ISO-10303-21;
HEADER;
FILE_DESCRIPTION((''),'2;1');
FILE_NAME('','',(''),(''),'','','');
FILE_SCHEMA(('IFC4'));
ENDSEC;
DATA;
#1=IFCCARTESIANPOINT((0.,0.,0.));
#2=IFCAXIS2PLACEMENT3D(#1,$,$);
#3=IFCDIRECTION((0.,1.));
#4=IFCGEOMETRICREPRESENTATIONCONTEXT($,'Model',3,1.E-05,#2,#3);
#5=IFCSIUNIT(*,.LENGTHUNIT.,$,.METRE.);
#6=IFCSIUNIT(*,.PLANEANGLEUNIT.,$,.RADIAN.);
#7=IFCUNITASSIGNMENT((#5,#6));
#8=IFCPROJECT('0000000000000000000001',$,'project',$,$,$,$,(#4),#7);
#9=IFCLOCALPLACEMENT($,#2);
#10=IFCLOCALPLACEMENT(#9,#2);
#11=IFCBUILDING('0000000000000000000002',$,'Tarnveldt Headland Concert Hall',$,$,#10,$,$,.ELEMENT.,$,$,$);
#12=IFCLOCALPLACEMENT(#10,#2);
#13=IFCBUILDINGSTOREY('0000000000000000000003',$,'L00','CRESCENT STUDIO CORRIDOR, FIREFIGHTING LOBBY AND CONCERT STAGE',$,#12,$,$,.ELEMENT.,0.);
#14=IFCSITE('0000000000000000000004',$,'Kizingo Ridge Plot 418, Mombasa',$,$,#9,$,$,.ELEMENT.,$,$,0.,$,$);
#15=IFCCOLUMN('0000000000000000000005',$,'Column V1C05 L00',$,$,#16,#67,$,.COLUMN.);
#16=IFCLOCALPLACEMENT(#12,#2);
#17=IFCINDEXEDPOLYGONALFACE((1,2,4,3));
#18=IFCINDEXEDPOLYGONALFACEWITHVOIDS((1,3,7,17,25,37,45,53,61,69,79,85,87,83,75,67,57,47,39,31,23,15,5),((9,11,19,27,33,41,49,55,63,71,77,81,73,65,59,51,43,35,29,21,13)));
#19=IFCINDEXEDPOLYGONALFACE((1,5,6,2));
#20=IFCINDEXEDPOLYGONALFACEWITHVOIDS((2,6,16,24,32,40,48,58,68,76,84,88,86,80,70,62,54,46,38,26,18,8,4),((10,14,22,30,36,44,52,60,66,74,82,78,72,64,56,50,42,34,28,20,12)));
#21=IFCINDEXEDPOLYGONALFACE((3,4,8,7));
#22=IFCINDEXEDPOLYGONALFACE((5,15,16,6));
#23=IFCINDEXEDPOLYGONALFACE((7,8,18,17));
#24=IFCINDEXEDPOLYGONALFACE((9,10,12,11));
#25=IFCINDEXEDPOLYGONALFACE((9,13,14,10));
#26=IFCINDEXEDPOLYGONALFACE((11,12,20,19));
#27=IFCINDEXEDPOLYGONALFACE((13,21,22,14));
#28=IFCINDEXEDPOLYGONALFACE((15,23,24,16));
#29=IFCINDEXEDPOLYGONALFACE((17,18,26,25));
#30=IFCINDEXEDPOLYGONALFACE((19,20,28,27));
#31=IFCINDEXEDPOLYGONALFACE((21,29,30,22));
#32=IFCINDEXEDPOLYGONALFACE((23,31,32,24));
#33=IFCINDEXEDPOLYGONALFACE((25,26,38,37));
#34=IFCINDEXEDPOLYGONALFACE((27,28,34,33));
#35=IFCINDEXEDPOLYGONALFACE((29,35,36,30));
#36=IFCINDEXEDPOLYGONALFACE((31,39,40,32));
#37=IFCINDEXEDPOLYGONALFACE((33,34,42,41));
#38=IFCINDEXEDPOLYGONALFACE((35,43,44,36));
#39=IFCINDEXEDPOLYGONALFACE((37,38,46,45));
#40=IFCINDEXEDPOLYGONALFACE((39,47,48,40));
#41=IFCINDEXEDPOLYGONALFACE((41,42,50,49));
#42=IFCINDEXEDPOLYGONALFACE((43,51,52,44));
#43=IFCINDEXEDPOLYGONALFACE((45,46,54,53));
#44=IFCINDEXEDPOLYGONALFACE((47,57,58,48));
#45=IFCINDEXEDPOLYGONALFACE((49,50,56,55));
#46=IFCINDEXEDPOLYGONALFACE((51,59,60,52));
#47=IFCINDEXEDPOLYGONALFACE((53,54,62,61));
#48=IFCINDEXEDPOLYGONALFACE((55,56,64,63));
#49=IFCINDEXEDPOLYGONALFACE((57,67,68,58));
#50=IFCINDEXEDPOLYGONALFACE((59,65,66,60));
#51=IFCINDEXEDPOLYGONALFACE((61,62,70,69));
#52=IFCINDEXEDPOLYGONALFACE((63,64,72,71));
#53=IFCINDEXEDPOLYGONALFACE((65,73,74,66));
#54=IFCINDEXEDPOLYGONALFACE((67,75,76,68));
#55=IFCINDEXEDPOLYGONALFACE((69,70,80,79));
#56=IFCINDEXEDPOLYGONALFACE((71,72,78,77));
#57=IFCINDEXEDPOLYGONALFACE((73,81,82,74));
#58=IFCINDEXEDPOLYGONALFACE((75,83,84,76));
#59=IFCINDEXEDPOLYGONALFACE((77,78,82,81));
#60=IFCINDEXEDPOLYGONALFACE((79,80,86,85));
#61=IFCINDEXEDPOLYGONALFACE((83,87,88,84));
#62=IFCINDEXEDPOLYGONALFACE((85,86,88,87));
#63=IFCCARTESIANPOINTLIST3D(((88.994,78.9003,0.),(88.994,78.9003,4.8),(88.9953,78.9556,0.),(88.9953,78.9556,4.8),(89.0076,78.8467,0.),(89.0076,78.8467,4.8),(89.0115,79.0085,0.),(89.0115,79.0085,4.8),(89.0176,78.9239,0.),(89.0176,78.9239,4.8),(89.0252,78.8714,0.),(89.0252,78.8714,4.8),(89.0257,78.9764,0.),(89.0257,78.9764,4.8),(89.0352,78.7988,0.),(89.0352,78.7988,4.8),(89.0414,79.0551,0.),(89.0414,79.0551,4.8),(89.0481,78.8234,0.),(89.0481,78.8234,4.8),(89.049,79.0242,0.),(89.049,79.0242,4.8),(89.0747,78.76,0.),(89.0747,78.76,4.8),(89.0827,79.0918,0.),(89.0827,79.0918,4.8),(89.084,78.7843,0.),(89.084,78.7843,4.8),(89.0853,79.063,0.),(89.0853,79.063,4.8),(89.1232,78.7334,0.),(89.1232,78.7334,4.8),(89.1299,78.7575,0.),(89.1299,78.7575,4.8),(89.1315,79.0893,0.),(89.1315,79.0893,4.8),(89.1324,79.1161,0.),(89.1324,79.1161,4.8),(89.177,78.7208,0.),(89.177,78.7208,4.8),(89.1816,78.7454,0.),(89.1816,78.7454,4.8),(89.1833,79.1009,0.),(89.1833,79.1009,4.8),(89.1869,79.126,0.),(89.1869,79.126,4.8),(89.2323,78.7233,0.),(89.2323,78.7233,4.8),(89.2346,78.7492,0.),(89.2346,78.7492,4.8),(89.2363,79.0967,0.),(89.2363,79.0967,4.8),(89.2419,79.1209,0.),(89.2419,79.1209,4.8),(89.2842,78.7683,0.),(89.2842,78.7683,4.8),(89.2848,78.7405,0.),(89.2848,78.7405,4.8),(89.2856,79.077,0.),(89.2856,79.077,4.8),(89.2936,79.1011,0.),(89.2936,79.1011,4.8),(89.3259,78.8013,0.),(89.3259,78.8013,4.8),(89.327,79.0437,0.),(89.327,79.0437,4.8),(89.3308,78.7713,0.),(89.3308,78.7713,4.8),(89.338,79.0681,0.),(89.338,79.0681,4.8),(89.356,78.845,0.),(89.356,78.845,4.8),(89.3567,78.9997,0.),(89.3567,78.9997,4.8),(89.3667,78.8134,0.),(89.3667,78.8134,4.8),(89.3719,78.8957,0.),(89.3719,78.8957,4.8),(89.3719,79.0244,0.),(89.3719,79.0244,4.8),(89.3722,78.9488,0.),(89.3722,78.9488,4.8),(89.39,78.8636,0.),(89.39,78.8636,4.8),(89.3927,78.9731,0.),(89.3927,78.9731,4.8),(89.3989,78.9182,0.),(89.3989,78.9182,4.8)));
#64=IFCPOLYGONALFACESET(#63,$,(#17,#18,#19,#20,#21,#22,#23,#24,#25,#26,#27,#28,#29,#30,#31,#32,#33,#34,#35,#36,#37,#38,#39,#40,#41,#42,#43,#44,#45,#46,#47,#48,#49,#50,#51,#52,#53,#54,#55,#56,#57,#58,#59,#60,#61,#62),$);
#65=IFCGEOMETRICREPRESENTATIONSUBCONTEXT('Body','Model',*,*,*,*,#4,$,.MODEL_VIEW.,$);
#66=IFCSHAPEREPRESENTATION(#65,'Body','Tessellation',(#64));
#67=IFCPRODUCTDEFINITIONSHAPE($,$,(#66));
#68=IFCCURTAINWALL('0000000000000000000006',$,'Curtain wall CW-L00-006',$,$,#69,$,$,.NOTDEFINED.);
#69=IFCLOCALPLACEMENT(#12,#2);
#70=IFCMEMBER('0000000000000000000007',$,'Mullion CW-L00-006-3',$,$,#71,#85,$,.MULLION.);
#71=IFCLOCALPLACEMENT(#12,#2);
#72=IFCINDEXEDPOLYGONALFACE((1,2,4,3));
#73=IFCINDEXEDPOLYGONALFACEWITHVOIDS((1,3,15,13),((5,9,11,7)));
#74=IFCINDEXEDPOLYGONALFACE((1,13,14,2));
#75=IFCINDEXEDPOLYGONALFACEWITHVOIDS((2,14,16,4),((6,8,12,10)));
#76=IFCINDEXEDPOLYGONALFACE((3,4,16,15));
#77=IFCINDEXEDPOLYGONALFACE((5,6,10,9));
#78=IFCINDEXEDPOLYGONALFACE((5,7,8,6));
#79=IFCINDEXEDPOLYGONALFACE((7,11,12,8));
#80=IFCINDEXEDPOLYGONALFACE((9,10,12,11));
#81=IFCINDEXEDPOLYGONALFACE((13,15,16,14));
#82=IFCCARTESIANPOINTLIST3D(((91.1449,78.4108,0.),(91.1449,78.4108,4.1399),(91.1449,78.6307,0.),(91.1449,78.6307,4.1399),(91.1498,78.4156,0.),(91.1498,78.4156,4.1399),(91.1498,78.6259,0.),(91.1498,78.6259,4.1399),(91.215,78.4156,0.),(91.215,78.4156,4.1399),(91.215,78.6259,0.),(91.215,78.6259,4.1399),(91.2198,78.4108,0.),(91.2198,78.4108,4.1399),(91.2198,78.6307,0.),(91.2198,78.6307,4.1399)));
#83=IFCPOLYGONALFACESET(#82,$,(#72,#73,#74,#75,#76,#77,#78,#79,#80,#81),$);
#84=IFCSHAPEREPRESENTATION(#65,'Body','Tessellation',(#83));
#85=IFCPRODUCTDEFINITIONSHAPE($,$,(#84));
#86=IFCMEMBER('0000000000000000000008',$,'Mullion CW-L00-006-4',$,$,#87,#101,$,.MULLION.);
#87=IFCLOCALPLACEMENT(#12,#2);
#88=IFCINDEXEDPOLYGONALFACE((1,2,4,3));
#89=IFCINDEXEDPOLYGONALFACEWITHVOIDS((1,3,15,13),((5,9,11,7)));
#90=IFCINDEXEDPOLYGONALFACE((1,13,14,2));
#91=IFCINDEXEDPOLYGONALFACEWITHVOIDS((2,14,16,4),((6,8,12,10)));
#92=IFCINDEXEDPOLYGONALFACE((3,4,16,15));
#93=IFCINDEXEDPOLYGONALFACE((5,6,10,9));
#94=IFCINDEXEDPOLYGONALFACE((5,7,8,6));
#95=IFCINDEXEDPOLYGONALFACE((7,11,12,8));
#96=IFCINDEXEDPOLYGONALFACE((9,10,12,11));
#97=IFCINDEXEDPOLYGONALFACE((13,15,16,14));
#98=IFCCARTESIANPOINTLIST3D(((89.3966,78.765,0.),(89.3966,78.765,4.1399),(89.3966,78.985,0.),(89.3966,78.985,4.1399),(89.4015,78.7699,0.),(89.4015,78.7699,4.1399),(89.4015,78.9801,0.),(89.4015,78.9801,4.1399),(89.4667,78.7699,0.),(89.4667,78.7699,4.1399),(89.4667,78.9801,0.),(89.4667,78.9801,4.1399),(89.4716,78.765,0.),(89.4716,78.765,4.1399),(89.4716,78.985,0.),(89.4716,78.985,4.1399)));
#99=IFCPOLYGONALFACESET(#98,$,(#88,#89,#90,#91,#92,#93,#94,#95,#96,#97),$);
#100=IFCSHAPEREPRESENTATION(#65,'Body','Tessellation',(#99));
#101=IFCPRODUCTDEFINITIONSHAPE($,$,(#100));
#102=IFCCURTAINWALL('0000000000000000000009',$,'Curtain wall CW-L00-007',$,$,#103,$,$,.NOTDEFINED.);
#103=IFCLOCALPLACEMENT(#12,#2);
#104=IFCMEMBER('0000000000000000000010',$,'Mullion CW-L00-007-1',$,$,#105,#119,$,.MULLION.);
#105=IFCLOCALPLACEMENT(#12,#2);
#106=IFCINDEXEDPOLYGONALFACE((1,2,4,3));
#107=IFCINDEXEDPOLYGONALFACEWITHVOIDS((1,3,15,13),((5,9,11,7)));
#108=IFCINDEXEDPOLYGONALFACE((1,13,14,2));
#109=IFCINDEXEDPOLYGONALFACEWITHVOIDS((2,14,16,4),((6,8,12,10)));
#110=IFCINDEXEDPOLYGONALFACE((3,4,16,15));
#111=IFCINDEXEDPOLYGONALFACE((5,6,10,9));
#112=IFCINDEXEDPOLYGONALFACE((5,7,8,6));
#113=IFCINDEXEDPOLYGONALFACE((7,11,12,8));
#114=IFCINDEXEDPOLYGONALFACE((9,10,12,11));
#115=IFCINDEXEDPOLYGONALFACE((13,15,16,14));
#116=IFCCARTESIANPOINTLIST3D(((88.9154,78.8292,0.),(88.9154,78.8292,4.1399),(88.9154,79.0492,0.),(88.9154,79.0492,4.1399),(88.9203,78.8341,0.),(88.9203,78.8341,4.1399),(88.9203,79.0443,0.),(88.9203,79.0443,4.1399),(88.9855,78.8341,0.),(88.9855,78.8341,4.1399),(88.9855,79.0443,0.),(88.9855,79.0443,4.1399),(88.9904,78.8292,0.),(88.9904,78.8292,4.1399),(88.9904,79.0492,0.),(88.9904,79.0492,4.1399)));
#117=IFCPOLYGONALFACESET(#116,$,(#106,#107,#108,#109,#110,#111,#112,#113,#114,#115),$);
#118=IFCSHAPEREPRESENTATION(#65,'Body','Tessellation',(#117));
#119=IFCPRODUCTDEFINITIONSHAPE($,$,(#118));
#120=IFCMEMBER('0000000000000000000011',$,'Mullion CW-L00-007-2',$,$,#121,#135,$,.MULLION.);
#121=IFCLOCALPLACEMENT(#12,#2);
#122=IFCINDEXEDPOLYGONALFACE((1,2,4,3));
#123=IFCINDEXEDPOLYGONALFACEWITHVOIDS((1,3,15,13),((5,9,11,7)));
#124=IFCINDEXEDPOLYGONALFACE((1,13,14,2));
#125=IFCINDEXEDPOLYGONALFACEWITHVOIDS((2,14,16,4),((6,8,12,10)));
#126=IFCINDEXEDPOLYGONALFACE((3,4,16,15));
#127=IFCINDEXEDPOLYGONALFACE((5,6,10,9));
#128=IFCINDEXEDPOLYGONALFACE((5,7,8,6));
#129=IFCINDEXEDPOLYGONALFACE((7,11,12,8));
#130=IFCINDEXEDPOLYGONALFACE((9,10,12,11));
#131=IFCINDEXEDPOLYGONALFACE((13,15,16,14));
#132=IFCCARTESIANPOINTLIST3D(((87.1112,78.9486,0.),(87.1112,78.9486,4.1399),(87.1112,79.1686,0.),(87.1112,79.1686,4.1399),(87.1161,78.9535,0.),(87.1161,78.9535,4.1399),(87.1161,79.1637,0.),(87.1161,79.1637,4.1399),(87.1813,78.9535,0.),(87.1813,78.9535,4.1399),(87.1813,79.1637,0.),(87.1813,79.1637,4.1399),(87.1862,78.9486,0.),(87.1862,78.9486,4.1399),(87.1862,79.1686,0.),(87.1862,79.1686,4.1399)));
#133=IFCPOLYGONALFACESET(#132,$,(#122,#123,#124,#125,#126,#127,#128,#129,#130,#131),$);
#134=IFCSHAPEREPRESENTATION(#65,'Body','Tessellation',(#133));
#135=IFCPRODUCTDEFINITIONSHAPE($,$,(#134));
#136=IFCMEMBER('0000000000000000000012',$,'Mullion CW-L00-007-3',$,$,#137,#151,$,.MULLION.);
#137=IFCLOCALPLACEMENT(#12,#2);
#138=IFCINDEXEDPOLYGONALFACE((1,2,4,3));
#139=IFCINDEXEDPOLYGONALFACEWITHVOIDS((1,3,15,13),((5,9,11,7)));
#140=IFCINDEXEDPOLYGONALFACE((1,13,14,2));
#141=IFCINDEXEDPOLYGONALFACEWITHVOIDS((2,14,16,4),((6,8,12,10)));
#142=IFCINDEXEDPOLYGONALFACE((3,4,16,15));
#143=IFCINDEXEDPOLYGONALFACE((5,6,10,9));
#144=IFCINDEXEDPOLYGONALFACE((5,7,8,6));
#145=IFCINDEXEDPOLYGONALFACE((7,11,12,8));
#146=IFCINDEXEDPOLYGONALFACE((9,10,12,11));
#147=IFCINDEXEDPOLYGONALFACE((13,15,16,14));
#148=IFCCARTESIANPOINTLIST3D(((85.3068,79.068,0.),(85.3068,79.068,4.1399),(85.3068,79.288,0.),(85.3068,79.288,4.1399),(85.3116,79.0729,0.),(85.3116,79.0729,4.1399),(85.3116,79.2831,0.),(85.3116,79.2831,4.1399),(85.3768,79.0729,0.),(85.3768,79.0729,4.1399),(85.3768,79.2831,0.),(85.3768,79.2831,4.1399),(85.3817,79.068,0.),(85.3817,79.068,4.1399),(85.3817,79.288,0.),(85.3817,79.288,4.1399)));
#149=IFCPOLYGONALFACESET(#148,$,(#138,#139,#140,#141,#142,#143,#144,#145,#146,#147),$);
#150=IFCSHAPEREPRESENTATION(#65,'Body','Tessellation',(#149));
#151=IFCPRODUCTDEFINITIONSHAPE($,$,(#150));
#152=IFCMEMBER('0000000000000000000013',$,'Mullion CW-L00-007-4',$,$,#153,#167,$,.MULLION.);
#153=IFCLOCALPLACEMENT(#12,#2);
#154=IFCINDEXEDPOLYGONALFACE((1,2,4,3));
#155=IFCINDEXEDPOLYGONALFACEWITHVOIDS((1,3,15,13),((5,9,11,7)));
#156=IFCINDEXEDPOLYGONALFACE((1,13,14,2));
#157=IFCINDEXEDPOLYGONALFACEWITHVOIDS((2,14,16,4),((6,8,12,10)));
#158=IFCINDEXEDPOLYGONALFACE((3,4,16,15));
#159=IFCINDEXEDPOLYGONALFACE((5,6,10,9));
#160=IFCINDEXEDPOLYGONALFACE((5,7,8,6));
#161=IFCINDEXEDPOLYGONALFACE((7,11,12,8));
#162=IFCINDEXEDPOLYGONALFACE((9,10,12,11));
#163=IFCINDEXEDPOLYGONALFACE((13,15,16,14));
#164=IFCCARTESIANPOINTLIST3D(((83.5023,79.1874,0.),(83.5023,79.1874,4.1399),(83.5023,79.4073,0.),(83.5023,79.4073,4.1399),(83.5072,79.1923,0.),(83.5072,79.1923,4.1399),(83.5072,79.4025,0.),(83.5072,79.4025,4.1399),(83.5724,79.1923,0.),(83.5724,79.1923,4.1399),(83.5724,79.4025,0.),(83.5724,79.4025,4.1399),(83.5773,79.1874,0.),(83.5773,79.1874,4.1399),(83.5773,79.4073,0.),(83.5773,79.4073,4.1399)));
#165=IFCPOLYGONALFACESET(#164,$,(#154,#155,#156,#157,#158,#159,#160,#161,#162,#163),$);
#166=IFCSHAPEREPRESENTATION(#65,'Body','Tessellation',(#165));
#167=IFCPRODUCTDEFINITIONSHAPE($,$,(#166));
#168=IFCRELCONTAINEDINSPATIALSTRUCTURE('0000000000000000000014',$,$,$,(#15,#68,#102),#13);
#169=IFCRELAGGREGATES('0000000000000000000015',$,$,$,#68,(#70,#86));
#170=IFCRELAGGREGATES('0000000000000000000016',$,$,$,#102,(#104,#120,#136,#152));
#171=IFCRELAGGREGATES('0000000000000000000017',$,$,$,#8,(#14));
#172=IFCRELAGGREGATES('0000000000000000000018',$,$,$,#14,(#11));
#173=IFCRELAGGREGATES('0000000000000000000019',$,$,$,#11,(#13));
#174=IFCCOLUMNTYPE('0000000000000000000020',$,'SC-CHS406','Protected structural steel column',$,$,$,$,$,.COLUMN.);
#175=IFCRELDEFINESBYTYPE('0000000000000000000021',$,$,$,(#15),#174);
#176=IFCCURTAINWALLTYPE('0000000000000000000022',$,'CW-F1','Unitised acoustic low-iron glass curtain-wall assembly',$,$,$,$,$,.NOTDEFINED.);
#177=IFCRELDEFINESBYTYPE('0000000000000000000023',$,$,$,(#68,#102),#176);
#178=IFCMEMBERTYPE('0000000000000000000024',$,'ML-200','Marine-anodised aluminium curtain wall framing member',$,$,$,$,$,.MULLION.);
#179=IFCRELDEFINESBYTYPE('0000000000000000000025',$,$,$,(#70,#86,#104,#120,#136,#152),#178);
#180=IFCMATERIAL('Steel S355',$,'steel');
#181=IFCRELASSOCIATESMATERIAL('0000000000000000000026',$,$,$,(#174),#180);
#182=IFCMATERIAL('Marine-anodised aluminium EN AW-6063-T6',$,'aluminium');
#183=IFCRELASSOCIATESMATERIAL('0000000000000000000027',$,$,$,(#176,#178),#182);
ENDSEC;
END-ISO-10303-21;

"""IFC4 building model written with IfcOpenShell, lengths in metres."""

from ifc_helpers import new_model, si_unit, direction, frame, origin, origin_2d, place, context, subcontext, project, spatial, hollow_rectangle, hollow_circle, extrude, material, material_profile, profile_set, type_object, element, aggregate, save


model = new_model("IFC4")

# Units and contexts
model_context = context("Model", 3, precision=1e-05, world=origin(), true_north=direction((0.0, 1.0)))
body_context = subcontext(model_context, "Body", "Model", "MODEL_VIEW")
ifc_project = project(units=[si_unit("LENGTHUNIT", "METRE"), si_unit("PLANEANGLEUNIT", "RADIAN")], contexts=[model_context])

# Site, building, storey
site_placement = place(None, origin())
site = spatial("IfcSite", under=ifc_project, at=site_placement, Name="Kizingo Ridge Plot 418, Mombasa", CompositionType="ELEMENT", RefElevation=0.0)
building_placement = place(site_placement, origin())
building = spatial("IfcBuilding", under=site, at=building_placement, Name="Tarnveldt Headland Concert Hall", CompositionType="ELEMENT")
storey_placement = place(building_placement, origin())
storey = spatial("IfcBuildingStorey", under=building, at=storey_placement, Name="L00", Description="CRESCENT STUDIO CORRIDOR, FIREFIGHTING LOBBY AND CONCERT STAGE", CompositionType="ELEMENT", Elevation=0.0)

# Column
ifc_material_1 = material(Name="Steel S355", Category="steel")
ifc_material_profile_1 = material_profile(ifc_material_1, hollow_circle(Radius=0.2031, WallThickness=0.0249, at=origin_2d()), Name="CHS 406.4x25", Category="steel")
ifc_profile_set_1 = profile_set([ifc_material_profile_1], Name="Steel S355")
column_type = type_object("IfcColumnType", Name="SC-CHS406", Description="Protected structural steel column", PredefinedType="COLUMN", material=ifc_profile_set_1)
column_placement = place(storey_placement, frame((89.1958, 78.9231, 0.0), z_axis=(0.0, 0.0, 1.0), x_axis=(0.227161, 0.973857, 0.0)))
element("IfcColumn", 1, at=column_placement, inside=storey, type_object=column_type, Name="Column V1C05 L00", PredefinedType="COLUMN", context=body_context, shape_type="SweptSolid", body=[
    extrude(hollow_circle(Radius=0.2031, WallThickness=0.0249, at=origin_2d()), origin(), (0.0, 0.0, 1.0), 4.8),
])

# Curtain walls, members
ifc_material_2 = material(Name="Marine-anodised aluminium EN AW-6063-T6", Category="aluminium")
curtain_wall_type = type_object("IfcCurtainWallType", Name="CW-F1", Description="Unitised acoustic low-iron glass curtain-wall assembly", PredefinedType="NOTDEFINED", material=ifc_material_2)
curtain_wall_1_placement = place(storey_placement, origin())
curtain_wall_1 = element("IfcCurtainWall", 2, at=curtain_wall_1_placement, inside=storey, type_object=curtain_wall_type, Name="Curtain wall CW-L00-006", PredefinedType="NOTDEFINED")
ifc_material_profile_2 = material_profile(ifc_material_2, hollow_rectangle(XDim=0.075, YDim=0.22, WallThickness=0.0049, at=origin_2d()), Name="ALU MULLION 75x220x5", Category="aluminium")
ifc_profile_set_2 = profile_set([ifc_material_profile_2], Name="Marine-anodised aluminium EN AW-6063-T6")
member_type_1 = type_object("IfcMemberType", Name="ML-200", Description="Marine-anodised aluminium curtain wall framing member", PredefinedType="MULLION", material=ifc_profile_set_2)
member_1_placement = place(storey_placement, frame((91.1824, 78.5208, 0.0), z_axis=(0.0, 0.0, 1.0), x_axis=(1.0, 0.0, 0.0)))
member_1 = element("IfcMember", 3, at=member_1_placement, type_object=member_type_1, Name="Mullion CW-L00-006-3", PredefinedType="MULLION", context=body_context, shape_type="SweptSolid", body=[
    extrude(hollow_rectangle(XDim=0.075, YDim=0.22, WallThickness=0.0049, at=origin_2d()), origin(), (0.0, 0.0, 1.0), 4.1399),
])
member_2_placement = place(storey_placement, frame((89.4341, 78.875, 0.0), z_axis=(0.0, 0.0, 1.0), x_axis=(1.0, 0.0, 0.0)))
member_2 = element("IfcMember", 4, at=member_2_placement, type_object=member_type_1, Name="Mullion CW-L00-006-4", PredefinedType="MULLION", context=body_context, shape_type="SweptSolid", body=[
    extrude(hollow_rectangle(XDim=0.075, YDim=0.22, WallThickness=0.0049, at=origin_2d()), origin(), (0.0, 0.0, 1.0), 4.1399),
])
curtain_wall_2_placement = place(storey_placement, origin())
curtain_wall_2 = element("IfcCurtainWall", 5, at=curtain_wall_2_placement, inside=storey, type_object=curtain_wall_type, Name="Curtain wall CW-L00-007", PredefinedType="NOTDEFINED")
member_3_placement = place(storey_placement, frame((88.9529, 78.9392, 0.0), z_axis=(0.0, 0.0, 1.0), x_axis=(1.0, 0.0, 0.0)))
member_3 = element("IfcMember", 6, at=member_3_placement, type_object=member_type_1, Name="Mullion CW-L00-007-1", PredefinedType="MULLION", context=body_context, shape_type="SweptSolid", body=[
    extrude(hollow_rectangle(XDim=0.075, YDim=0.22, WallThickness=0.0049, at=origin_2d()), origin(), (0.0, 0.0, 1.0), 4.1399),
])
member_4_placement = place(storey_placement, frame((87.1487, 79.0586, 0.0), z_axis=(0.0, 0.0, 1.0), x_axis=(1.0, 0.0, 0.0)))
member_4 = element("IfcMember", 7, at=member_4_placement, type_object=member_type_1, Name="Mullion CW-L00-007-2", PredefinedType="MULLION", context=body_context, shape_type="SweptSolid", body=[
    extrude(hollow_rectangle(XDim=0.075, YDim=0.22, WallThickness=0.0049, at=origin_2d()), origin(), (0.0, 0.0, 1.0), 4.1399),
])
member_5_placement = place(storey_placement, frame((85.3442, 79.178, 0.0), z_axis=(0.0, 0.0, 1.0), x_axis=(1.0, 0.0, 0.0)))
member_5 = element("IfcMember", 8, at=member_5_placement, type_object=member_type_1, Name="Mullion CW-L00-007-3", PredefinedType="MULLION", context=body_context, shape_type="SweptSolid", body=[
    extrude(hollow_rectangle(XDim=0.075, YDim=0.22, WallThickness=0.0049, at=origin_2d()), origin(), (0.0, 0.0, 1.0), 4.1399),
])
member_6_placement = place(storey_placement, frame((83.5398, 79.2974, 0.0), z_axis=(0.0, 0.0, 1.0), x_axis=(1.0, 0.0, 0.0)))
member_6 = element("IfcMember", 9, at=member_6_placement, type_object=member_type_1, Name="Mullion CW-L00-007-4", PredefinedType="MULLION", context=body_context, shape_type="SweptSolid", body=[
    extrude(hollow_rectangle(XDim=0.075, YDim=0.22, WallThickness=0.0049, at=origin_2d()), origin(), (0.0, 0.0, 1.0), 4.1399),
])

aggregate(curtain_wall_1, [member_1, member_2])
aggregate(curtain_wall_2, [member_3, member_4, member_5, member_6])

save(model, "model.ifc")
